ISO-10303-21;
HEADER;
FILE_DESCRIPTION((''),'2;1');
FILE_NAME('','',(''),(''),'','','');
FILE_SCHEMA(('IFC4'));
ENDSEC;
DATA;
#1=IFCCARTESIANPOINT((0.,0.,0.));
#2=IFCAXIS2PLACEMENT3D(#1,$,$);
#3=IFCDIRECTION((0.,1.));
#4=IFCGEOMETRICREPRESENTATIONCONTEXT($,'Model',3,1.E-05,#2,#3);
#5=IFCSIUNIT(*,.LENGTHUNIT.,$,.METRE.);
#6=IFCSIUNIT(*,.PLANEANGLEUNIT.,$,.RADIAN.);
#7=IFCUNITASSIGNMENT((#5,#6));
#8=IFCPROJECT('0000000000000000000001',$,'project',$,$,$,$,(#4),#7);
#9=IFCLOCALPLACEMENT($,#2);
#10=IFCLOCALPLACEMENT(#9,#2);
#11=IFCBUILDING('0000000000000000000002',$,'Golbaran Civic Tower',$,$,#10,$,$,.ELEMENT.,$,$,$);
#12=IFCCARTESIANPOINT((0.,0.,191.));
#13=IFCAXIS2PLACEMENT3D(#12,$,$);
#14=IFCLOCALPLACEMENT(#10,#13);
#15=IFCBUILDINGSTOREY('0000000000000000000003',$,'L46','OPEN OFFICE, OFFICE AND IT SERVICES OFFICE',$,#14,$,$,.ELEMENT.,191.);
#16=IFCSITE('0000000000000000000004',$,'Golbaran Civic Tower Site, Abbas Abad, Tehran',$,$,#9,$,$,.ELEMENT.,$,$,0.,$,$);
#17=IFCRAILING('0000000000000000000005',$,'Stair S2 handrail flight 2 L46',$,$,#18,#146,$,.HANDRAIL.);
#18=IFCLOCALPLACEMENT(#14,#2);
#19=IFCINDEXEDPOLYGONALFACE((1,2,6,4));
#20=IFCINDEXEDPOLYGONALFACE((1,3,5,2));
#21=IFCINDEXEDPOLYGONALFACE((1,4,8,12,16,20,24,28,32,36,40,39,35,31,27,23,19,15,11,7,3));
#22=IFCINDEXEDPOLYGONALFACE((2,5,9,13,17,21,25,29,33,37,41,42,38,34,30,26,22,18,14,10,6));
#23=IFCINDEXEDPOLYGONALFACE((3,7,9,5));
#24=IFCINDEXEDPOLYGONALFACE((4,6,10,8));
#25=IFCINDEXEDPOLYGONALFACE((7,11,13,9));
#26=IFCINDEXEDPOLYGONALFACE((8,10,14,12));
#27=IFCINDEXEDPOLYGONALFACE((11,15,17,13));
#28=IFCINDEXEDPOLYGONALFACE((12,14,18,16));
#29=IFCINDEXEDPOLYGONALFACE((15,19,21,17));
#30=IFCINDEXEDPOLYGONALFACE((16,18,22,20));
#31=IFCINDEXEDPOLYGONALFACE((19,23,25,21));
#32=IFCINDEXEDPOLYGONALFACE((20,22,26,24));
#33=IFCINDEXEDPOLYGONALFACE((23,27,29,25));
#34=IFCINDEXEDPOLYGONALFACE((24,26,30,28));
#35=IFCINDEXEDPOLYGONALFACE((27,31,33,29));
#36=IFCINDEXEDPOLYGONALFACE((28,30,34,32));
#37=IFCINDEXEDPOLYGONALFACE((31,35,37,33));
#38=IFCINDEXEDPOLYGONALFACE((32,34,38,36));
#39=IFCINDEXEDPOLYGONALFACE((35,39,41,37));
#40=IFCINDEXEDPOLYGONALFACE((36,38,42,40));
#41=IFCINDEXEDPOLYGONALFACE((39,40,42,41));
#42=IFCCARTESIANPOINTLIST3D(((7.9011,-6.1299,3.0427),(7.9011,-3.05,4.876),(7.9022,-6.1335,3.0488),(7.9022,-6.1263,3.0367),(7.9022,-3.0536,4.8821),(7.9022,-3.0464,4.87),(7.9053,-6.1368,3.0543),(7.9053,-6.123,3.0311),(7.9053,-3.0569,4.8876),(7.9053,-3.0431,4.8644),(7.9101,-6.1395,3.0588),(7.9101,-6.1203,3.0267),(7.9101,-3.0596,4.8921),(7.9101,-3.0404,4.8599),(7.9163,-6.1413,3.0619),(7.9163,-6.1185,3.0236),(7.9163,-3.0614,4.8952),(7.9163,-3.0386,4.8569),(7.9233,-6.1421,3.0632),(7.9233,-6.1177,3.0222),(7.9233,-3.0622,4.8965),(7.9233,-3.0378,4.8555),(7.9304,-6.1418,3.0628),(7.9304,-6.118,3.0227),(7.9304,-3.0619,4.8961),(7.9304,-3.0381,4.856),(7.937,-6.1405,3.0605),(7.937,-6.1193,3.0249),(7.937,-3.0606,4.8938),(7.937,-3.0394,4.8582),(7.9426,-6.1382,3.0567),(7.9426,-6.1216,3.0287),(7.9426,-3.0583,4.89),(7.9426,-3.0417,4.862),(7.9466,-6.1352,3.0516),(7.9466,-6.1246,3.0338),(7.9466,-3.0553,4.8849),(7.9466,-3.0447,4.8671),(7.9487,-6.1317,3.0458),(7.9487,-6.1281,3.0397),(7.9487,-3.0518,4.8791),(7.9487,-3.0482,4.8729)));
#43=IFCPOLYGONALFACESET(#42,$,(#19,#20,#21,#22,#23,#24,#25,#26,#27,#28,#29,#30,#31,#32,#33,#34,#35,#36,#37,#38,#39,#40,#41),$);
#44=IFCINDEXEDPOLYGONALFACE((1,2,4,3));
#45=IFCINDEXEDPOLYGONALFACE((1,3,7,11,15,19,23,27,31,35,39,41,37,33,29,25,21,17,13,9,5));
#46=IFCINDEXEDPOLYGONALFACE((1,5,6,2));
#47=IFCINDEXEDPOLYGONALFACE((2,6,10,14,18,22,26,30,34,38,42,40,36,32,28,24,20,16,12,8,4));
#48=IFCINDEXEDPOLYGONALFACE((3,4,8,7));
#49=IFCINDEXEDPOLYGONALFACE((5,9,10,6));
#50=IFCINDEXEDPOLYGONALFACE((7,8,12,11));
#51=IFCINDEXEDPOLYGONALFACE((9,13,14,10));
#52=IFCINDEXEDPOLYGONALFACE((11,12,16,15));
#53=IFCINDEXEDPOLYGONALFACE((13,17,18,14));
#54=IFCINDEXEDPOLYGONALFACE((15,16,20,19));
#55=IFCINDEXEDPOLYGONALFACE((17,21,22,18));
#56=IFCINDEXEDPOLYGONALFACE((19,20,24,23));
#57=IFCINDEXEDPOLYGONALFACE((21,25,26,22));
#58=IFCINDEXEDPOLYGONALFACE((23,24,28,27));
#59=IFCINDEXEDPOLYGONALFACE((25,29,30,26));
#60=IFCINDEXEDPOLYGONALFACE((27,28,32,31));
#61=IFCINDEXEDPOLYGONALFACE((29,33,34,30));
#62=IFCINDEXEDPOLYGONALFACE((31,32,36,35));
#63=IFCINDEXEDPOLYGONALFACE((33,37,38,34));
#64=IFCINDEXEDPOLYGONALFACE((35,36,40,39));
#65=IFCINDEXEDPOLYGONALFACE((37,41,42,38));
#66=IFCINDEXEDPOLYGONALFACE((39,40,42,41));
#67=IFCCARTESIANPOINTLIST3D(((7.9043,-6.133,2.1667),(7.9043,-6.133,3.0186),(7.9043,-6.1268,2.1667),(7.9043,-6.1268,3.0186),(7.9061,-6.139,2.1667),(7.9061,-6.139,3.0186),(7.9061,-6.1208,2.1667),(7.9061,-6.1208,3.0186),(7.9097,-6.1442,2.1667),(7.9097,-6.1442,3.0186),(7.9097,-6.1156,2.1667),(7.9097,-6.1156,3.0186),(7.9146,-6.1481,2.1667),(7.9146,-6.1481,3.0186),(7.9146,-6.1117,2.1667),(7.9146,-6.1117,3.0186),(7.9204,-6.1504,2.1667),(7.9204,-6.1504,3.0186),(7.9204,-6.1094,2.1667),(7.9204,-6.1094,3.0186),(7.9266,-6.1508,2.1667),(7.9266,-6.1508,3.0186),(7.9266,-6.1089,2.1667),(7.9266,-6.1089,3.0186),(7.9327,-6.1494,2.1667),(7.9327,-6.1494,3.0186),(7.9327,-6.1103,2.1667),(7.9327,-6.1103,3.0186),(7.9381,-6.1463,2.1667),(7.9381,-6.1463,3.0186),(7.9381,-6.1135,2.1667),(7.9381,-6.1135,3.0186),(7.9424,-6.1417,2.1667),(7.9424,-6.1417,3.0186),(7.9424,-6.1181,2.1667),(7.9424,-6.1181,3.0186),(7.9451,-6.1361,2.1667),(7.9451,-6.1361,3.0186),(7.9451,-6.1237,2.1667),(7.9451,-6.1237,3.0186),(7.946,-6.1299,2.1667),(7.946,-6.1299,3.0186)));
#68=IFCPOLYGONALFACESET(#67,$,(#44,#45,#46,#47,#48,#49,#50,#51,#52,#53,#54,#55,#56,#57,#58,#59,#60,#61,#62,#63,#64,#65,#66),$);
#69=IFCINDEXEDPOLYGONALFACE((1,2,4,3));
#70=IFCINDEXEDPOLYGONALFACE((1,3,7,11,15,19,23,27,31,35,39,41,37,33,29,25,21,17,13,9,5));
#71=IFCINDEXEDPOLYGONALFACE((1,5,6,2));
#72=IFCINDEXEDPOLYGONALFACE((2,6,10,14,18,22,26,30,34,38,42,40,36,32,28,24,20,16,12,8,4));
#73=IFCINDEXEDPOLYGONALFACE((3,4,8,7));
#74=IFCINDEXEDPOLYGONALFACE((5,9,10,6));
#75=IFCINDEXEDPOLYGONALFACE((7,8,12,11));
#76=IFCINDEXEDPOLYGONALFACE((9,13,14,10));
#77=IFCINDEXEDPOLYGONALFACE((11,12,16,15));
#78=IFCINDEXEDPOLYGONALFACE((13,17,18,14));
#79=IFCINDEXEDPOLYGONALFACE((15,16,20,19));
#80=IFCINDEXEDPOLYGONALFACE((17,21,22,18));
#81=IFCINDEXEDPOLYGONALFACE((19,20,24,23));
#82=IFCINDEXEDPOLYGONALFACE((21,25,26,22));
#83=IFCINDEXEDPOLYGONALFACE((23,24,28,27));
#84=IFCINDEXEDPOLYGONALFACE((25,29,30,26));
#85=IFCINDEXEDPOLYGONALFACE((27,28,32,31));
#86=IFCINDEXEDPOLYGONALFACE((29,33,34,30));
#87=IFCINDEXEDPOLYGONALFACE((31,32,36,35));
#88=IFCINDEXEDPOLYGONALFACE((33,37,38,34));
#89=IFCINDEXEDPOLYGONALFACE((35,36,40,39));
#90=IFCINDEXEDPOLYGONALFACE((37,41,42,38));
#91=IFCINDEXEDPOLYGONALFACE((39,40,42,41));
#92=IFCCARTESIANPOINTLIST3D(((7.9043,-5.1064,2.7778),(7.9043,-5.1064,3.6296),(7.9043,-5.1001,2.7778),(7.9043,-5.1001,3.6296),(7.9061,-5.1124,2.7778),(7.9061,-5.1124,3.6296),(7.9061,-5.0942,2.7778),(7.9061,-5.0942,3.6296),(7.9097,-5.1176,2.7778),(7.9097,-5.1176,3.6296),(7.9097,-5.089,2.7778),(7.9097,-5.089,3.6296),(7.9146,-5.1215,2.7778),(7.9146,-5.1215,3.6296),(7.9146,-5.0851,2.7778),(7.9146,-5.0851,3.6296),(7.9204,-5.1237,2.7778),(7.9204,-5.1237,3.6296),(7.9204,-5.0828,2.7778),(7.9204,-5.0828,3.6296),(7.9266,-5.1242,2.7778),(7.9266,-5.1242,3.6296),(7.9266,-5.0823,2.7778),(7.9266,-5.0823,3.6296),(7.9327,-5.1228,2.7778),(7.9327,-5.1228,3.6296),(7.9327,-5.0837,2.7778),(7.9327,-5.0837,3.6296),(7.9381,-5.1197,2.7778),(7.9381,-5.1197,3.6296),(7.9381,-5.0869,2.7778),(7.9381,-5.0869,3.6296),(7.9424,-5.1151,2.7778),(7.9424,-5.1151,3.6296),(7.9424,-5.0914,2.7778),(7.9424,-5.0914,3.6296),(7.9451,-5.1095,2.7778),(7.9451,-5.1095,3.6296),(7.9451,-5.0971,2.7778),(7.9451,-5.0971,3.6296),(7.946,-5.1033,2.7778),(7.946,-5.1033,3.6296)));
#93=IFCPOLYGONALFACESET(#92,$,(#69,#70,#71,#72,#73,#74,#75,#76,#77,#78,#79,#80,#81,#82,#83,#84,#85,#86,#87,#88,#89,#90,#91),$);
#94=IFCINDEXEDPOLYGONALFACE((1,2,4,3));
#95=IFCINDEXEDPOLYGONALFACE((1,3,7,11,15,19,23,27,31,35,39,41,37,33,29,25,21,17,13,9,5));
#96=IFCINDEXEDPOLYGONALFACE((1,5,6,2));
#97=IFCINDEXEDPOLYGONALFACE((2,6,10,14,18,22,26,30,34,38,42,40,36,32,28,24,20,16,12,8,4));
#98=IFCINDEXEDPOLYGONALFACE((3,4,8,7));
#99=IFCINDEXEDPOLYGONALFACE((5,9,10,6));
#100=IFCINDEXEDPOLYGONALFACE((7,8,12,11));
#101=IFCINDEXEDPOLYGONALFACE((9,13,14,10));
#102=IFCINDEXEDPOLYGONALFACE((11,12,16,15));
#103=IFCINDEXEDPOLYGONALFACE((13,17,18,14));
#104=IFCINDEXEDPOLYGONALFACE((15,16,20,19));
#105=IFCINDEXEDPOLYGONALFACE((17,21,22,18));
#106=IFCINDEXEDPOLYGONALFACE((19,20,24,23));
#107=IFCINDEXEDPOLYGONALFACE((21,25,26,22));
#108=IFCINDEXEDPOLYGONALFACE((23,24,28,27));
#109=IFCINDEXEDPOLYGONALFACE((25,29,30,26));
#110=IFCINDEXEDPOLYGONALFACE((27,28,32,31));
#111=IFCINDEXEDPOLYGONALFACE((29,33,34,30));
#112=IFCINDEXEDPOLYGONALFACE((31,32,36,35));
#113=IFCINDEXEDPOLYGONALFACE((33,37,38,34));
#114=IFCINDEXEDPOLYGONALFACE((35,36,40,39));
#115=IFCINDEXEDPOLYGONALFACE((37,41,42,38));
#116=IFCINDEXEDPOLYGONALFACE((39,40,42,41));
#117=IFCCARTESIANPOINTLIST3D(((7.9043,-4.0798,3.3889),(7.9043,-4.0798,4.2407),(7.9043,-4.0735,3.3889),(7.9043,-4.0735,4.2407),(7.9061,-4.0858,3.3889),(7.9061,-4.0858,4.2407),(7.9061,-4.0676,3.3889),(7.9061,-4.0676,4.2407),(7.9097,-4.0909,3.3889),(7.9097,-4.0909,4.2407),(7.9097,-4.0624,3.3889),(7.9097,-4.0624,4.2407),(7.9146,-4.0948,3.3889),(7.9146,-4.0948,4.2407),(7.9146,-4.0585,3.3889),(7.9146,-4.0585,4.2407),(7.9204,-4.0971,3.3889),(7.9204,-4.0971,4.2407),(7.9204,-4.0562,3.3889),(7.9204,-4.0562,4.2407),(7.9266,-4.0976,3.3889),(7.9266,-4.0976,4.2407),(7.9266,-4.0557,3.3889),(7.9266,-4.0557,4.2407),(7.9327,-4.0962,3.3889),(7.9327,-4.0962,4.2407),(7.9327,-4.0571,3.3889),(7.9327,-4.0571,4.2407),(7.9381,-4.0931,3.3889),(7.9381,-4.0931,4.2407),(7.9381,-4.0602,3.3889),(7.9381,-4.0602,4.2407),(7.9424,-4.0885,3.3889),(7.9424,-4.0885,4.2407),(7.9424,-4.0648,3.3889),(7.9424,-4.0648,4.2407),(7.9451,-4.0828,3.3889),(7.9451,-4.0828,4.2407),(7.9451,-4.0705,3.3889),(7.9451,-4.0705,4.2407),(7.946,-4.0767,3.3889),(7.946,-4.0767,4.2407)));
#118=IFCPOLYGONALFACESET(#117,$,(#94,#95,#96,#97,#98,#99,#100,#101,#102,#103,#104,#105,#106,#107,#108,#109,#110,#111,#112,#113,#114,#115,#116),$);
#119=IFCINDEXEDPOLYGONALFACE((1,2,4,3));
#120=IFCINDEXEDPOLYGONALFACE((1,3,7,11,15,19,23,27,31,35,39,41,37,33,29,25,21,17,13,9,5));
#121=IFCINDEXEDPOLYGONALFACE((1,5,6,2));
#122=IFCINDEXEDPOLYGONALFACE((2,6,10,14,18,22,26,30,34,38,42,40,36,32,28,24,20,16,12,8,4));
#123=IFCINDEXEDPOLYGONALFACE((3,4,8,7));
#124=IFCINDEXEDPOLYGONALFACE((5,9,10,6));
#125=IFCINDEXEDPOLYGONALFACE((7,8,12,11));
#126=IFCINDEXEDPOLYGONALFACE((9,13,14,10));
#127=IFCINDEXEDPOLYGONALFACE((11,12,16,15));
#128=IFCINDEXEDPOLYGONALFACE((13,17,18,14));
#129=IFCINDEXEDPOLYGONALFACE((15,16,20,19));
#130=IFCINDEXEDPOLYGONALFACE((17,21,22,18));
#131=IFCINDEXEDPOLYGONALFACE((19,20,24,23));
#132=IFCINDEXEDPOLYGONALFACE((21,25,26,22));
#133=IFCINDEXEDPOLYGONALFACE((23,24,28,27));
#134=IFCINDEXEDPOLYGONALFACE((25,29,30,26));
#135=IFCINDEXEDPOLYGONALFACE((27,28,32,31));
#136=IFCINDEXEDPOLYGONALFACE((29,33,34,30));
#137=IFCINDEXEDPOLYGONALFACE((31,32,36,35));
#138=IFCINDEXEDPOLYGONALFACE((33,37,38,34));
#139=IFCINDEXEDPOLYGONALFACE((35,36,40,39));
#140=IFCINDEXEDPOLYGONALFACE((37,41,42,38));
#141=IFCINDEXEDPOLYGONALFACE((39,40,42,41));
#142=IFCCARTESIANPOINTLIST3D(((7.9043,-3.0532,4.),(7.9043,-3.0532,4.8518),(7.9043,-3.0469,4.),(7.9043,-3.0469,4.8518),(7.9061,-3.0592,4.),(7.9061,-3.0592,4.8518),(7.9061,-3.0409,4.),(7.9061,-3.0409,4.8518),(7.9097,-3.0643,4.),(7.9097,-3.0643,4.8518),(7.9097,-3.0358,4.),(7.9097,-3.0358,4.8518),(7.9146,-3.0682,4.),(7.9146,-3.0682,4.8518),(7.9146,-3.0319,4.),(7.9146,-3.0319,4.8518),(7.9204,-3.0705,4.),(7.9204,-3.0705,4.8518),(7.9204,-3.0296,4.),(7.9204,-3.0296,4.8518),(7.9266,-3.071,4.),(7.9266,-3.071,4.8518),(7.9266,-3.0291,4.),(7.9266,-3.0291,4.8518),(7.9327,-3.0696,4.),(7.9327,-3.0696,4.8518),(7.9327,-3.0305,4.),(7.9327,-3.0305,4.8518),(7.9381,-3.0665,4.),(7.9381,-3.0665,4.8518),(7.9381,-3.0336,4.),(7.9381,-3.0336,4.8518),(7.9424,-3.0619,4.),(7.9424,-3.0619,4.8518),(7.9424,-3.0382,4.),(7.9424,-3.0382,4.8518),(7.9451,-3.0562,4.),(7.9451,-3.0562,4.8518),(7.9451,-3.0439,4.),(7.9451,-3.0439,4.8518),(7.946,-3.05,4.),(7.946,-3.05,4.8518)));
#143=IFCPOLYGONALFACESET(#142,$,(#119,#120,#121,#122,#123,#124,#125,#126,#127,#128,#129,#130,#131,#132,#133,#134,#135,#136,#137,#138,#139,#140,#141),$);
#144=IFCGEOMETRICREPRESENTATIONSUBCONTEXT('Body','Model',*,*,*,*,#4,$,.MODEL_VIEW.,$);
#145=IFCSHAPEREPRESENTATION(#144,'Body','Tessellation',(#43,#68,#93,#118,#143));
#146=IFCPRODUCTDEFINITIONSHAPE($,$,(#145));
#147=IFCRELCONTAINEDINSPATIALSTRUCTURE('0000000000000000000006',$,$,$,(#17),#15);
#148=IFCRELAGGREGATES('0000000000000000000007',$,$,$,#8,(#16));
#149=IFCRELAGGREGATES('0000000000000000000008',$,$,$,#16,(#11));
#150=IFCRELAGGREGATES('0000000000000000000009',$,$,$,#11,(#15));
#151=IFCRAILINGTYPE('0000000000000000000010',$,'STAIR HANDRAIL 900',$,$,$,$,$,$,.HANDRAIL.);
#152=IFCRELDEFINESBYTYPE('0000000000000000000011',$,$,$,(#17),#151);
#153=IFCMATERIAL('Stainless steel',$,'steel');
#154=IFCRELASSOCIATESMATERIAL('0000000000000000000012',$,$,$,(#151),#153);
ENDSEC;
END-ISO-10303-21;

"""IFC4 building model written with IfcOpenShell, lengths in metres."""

from ifc_helpers import new_model, si_unit, direction, frame, origin, origin_2d, place, context, subcontext, project, spatial, circle, extrude, material, type_object, element, save


model = new_model("IFC4")

# Units and contexts
model_context = context("Model", 3, precision=1e-05, world=origin(), true_north=direction((0.0, 1.0)))
body_context = subcontext(model_context, "Body", "Model", "MODEL_VIEW")
ifc_project = project(units=[si_unit("LENGTHUNIT", "METRE"), si_unit("PLANEANGLEUNIT", "RADIAN")], contexts=[model_context])

# Site, building, storey
site_placement = place(None, origin())
site = spatial("IfcSite", under=ifc_project, at=site_placement, Name="Golbaran Civic Tower Site, Abbas Abad, Tehran", CompositionType="ELEMENT", RefElevation=0.0)
building_placement = place(site_placement, origin())
building = spatial("IfcBuilding", under=site, at=building_placement, Name="Golbaran Civic Tower", CompositionType="ELEMENT")
storey_placement = place(building_placement, frame((0.0, 0.0, 191.0)))
storey = spatial("IfcBuildingStorey", under=building, at=storey_placement, Name="L46", Description="OPEN OFFICE, OFFICE AND IT SERVICES OFFICE", CompositionType="ELEMENT", Elevation=191.0)

# Shared definitions
ifc_material_1 = material(Name="Stainless steel", Category="steel")

# Railing
railing_type = type_object("IfcRailingType", Name="STAIR HANDRAIL 900", PredefinedType="HANDRAIL", material=ifc_material_1)
railing_1_placement = place(storey_placement, frame((7.925, -6.1299, 2.1667)))
element("IfcRailing", 1, at=railing_1_placement, inside=storey, type_object=railing_type, Name="Stair S2 handrail flight 2 L46", PredefinedType="HANDRAIL", context=body_context, shape_type="SweptSolid", body=[
    extrude(circle(Radius=0.0239, at=origin_2d()), frame((0.0, 0.0, 0.876), z_axis=(0.0, 0.859291, 0.511487), x_axis=(-1.0, 0.0, 0.0)), (0.0, 0.0, 1.0), 3.5842),
    extrude(circle(Radius=0.021, at=origin_2d()), origin(), (0.0, 0.0, 1.0), 0.8518),
    extrude(circle(Radius=0.021, at=origin_2d()), frame((0.0, 1.0266, 0.6111)), (0.0, 0.0, 1.0), 0.8518),
    extrude(circle(Radius=0.021, at=origin_2d()), frame((0.0, 2.0532, 1.2222)), (0.0, 0.0, 1.0), 0.8518),
    extrude(circle(Radius=0.021, at=origin_2d()), frame((0.0, 3.0798, 1.8333)), (0.0, 0.0, 1.0), 0.8518),
])

save(model, "model.ifc")
